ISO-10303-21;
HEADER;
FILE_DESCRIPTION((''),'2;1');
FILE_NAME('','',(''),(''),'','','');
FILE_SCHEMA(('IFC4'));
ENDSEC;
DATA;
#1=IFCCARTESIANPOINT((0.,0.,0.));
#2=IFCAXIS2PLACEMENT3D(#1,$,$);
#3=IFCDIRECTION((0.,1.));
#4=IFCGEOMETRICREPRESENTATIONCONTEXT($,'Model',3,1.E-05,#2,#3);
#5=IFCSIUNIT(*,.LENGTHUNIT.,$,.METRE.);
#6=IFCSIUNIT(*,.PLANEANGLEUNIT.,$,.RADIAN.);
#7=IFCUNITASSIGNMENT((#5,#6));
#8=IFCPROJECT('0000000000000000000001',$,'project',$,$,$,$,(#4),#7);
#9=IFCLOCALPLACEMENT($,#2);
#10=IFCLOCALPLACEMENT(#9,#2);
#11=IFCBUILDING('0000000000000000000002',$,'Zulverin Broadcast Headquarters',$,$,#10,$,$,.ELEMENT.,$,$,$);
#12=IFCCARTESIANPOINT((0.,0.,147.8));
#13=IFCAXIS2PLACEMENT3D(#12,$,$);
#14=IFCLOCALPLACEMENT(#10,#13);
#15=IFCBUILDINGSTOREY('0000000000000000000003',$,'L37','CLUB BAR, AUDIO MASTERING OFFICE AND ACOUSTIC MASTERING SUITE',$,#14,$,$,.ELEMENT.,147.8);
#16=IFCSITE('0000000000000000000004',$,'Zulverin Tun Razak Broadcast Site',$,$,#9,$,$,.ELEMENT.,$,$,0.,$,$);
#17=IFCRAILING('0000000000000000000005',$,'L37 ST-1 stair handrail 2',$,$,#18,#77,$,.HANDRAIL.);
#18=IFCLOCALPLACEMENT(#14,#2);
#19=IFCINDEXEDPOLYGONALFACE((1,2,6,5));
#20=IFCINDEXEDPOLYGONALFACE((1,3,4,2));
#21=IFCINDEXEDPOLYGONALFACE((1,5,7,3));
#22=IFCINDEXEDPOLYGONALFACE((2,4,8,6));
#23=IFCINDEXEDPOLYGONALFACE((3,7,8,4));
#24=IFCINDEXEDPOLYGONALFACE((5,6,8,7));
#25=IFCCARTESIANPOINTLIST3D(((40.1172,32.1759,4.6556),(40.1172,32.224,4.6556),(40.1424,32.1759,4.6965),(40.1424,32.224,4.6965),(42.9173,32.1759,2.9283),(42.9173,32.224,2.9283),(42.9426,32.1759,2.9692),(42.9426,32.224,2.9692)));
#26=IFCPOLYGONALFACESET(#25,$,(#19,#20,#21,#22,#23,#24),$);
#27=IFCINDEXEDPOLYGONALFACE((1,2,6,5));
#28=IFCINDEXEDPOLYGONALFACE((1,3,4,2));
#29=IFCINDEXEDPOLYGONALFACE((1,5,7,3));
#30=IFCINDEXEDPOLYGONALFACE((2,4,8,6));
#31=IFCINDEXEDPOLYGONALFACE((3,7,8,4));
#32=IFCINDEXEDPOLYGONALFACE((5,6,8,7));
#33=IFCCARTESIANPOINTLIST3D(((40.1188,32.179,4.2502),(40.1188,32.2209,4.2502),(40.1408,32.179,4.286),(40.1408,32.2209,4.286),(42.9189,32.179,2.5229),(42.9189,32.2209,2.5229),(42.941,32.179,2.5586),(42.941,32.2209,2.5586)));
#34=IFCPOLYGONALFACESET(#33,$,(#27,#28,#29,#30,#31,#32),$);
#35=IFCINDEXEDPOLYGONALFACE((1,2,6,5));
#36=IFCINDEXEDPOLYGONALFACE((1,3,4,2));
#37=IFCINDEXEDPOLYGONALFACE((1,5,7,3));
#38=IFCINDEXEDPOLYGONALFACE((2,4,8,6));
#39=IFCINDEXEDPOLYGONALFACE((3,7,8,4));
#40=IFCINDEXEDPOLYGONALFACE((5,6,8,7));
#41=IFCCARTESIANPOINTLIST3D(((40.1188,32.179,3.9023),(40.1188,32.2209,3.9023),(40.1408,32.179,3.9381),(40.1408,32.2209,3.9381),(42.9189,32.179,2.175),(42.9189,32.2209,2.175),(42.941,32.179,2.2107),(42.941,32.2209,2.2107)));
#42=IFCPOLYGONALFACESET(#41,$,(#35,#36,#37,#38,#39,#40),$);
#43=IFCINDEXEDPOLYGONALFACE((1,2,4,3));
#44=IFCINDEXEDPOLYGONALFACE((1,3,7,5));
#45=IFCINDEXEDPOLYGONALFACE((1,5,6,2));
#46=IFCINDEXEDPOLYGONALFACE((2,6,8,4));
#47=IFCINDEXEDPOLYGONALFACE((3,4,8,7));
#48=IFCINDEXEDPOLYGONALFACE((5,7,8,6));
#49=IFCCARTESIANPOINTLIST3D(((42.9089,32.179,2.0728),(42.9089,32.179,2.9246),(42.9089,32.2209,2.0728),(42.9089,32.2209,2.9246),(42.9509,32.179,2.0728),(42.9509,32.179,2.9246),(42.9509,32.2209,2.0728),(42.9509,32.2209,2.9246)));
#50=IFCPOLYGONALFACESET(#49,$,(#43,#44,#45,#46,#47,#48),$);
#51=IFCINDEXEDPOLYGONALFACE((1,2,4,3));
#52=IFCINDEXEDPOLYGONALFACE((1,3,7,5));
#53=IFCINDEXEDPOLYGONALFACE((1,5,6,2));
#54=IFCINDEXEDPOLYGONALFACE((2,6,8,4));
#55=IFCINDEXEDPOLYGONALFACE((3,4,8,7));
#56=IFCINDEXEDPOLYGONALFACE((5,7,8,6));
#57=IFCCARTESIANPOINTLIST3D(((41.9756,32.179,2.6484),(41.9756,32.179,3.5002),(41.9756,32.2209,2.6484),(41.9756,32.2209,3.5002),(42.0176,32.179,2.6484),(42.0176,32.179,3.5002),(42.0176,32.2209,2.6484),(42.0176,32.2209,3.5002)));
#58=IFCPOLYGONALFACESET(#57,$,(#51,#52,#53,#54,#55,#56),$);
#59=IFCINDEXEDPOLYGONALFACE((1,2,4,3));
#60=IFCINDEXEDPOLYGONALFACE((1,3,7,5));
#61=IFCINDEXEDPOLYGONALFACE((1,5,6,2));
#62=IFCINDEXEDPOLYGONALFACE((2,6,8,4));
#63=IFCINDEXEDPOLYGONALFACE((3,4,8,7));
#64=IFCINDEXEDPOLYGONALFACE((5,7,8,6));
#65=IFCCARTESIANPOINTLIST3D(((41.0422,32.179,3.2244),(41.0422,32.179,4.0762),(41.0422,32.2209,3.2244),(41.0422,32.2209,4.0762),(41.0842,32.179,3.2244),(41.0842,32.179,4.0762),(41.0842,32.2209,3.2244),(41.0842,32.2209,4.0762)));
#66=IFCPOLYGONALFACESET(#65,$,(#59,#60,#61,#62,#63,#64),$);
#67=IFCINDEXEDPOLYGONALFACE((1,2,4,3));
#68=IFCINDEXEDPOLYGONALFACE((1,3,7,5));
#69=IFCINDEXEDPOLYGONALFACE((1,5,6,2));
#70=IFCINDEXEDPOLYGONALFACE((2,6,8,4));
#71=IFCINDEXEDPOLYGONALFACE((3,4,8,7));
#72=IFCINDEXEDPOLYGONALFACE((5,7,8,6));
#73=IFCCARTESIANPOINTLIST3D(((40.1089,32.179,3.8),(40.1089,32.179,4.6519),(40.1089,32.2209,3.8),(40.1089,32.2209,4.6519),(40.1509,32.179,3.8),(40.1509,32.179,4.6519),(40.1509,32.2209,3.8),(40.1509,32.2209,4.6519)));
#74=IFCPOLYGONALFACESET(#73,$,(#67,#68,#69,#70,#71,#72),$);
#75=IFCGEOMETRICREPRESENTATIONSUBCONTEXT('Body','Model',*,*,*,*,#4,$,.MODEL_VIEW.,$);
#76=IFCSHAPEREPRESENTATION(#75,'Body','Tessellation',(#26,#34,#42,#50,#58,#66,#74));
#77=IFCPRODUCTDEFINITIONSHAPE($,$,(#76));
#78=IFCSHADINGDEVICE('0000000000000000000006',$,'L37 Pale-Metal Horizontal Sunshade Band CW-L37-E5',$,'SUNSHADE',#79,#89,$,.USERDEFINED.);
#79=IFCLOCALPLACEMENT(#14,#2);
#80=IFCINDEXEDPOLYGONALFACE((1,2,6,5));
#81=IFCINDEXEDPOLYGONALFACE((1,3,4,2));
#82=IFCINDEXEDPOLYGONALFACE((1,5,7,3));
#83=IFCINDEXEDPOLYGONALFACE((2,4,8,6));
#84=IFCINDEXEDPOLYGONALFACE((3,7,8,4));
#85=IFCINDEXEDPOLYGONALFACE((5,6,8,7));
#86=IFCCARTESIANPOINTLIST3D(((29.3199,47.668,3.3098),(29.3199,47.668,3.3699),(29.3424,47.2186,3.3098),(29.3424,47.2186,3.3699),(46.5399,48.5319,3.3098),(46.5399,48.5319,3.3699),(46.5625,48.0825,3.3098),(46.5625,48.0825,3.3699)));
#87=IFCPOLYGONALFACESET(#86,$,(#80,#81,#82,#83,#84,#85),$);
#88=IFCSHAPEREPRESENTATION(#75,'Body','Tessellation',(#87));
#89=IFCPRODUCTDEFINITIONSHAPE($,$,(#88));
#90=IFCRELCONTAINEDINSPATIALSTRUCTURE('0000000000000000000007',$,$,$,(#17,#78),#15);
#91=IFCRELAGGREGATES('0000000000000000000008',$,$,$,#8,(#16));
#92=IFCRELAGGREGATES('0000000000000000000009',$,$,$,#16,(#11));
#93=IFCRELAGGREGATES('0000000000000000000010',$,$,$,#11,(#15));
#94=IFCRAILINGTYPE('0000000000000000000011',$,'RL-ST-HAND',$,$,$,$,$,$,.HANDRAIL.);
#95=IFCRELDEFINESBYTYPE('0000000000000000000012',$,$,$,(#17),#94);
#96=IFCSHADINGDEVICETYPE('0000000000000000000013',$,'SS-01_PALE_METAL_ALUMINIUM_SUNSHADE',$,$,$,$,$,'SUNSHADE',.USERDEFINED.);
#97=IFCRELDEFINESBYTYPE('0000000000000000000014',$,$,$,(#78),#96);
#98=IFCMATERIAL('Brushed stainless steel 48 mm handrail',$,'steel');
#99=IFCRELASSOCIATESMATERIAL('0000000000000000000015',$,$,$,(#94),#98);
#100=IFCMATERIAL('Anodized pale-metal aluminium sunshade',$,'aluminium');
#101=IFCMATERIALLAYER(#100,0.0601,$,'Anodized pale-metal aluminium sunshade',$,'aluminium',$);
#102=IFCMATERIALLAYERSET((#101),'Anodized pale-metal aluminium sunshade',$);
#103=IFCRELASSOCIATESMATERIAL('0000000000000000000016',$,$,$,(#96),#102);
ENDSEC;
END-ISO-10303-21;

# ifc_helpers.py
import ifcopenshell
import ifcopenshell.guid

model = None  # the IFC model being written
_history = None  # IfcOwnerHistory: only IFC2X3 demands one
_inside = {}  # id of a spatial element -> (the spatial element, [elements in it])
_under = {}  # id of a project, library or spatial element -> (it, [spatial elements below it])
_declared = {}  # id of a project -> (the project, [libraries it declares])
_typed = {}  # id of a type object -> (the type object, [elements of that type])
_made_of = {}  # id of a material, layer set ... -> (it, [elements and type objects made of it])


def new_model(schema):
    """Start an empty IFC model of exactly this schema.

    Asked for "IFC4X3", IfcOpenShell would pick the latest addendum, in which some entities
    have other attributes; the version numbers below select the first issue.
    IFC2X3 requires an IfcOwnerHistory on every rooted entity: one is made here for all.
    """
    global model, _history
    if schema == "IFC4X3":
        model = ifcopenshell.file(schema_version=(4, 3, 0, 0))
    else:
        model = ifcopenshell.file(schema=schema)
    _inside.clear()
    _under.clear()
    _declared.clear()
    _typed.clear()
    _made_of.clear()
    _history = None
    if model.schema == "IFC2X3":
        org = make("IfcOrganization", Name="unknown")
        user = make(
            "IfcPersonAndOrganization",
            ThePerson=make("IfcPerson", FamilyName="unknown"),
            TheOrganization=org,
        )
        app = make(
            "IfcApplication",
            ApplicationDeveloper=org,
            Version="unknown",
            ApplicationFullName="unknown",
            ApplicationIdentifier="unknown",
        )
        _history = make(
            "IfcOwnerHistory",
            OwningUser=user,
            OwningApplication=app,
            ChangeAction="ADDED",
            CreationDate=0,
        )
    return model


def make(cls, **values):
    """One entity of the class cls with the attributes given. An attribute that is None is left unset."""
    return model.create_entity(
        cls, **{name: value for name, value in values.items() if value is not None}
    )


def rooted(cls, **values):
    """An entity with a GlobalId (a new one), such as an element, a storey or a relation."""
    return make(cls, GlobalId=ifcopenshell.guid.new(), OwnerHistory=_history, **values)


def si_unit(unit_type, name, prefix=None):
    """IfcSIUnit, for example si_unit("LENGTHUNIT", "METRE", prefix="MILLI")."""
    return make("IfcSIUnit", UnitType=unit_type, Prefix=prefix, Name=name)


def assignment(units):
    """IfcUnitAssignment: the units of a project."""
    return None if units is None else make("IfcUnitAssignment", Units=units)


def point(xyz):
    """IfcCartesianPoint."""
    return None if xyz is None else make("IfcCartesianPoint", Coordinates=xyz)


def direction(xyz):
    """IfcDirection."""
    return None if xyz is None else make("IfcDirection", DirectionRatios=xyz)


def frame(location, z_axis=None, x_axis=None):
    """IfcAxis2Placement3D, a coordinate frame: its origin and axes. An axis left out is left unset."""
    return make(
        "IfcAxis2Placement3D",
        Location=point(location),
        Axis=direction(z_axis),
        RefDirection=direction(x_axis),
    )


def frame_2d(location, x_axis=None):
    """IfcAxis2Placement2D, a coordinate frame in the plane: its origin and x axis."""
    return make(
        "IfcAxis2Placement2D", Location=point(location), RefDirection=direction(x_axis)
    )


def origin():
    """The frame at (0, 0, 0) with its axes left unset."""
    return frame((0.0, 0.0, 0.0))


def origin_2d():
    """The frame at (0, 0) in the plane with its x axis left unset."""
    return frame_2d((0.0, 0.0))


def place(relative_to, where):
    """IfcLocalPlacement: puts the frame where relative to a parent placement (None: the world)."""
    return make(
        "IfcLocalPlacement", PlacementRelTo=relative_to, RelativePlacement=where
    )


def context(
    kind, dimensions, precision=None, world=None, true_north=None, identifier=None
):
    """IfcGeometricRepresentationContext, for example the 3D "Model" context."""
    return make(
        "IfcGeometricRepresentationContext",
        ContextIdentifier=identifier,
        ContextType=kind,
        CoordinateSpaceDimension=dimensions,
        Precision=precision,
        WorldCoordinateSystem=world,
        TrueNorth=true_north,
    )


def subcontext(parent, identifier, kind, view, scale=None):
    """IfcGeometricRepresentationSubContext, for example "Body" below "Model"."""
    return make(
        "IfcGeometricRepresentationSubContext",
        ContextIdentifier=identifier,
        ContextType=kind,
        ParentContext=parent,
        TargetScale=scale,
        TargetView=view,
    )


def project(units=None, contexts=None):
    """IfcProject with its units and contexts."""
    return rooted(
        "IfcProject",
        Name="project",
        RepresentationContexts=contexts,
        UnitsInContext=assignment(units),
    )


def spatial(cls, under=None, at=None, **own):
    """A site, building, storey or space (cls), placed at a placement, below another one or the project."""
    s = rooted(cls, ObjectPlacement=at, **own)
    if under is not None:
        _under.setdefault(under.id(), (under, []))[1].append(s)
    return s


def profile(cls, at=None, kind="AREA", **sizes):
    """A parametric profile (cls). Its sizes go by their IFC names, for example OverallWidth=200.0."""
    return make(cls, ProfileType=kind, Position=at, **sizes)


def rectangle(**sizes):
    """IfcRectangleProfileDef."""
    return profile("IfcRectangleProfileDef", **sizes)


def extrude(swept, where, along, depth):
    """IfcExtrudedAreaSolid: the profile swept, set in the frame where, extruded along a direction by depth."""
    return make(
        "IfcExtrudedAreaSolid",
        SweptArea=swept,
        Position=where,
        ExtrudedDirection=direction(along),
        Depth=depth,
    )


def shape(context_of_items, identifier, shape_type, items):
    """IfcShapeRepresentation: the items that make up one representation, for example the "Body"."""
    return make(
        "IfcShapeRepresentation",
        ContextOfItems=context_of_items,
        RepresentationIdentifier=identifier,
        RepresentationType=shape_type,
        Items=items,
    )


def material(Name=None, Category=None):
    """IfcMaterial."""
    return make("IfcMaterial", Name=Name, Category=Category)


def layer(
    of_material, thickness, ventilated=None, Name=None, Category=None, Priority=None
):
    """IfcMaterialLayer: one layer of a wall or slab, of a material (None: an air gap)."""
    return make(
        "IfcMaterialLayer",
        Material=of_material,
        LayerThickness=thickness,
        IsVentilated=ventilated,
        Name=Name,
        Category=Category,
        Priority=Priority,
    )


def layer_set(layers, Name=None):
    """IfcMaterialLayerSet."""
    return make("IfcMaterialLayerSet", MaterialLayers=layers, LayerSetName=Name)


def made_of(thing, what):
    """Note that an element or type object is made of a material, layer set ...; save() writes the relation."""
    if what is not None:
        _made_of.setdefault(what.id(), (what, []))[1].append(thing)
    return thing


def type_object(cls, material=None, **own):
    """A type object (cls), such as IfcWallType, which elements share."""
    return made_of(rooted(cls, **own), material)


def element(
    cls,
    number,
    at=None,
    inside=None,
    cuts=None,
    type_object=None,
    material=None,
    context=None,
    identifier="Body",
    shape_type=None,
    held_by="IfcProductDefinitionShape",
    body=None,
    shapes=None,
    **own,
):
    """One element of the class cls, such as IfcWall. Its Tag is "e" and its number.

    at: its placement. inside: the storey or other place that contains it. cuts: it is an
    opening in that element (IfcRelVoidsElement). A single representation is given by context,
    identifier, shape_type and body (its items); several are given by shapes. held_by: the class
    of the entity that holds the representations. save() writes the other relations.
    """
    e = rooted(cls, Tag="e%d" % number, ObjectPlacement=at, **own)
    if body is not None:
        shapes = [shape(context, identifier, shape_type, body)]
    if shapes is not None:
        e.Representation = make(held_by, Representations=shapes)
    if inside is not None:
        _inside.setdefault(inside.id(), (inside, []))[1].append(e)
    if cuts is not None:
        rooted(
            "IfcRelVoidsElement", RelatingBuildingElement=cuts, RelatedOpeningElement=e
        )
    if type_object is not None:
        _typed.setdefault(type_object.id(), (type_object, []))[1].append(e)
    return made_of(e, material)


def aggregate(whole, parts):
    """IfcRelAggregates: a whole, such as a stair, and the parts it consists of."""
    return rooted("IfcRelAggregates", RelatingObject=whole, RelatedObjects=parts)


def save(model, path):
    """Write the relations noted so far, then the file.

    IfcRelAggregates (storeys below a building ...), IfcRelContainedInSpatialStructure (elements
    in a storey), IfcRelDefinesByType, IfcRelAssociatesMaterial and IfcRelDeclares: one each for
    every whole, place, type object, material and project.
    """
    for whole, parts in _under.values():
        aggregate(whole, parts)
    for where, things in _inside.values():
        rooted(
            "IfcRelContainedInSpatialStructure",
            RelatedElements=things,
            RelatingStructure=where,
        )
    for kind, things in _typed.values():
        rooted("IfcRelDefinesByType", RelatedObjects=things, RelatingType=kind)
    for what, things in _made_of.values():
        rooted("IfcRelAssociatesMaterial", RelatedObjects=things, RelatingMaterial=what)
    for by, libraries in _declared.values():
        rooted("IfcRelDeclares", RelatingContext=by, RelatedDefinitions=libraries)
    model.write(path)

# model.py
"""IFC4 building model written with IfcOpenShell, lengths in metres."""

from ifc_helpers import new_model, si_unit, direction, frame, origin, origin_2d, place, context, subcontext, project, spatial, rectangle, extrude, material, layer, layer_set, type_object, element, save


model = new_model("IFC4")

# Units and contexts
model_context = context("Model", 3, precision=1e-05, world=origin(), true_north=direction((0.0, 1.0)))
body_context = subcontext(model_context, "Body", "Model", "MODEL_VIEW")
ifc_project = project(units=[si_unit("LENGTHUNIT", "METRE"), si_unit("PLANEANGLEUNIT", "RADIAN")], contexts=[model_context])

# Site, building, storey
site_placement = place(None, origin())
site = spatial("IfcSite", under=ifc_project, at=site_placement, Name="Zulverin Tun Razak Broadcast Site", CompositionType="ELEMENT", RefElevation=0.0)
building_placement = place(site_placement, origin())
building = spatial("IfcBuilding", under=site, at=building_placement, Name="Zulverin Broadcast Headquarters", CompositionType="ELEMENT")
storey_placement = place(building_placement, frame((0.0, 0.0, 147.8)))
storey = spatial("IfcBuildingStorey", under=building, at=storey_placement, Name="L37", Description="CLUB BAR, AUDIO MASTERING OFFICE AND ACOUSTIC MASTERING SUITE", CompositionType="ELEMENT", Elevation=147.8)

# Railing
ifc_material_1 = material(Name="Brushed stainless steel 48 mm handrail", Category="steel")
railing_type_1 = type_object("IfcRailingType", Name="RL-ST-HAND", PredefinedType="HANDRAIL", material=ifc_material_1)
railing_1_placement = place(storey_placement, frame((42.9299, 32.2, 2.0728)))
element("IfcRailing", 1, at=railing_1_placement, inside=storey, type_object=railing_type_1, Name="L37 ST-1 stair handrail 2", PredefinedType="HANDRAIL", context=body_context, shape_type="SweptSolid", body=[
    extrude(rectangle(XDim=0.0481, YDim=0.0481, at=origin_2d()), frame((0.0, 0.0, 0.876), z_axis=(-0.85109, 0.0, 0.52502), x_axis=(0.0, -1.0, 0.0)), (0.0, 0.0, 1.0), 3.29),
    extrude(rectangle(XDim=0.042, YDim=0.042, at=origin_2d()), frame((0.0, 0.0, 0.468), z_axis=(-0.85109, 0.0, 0.52502), x_axis=(0.0, -1.0, 0.0)), (0.0, 0.0, 1.0), 3.29),
    extrude(rectangle(XDim=0.042, YDim=0.042, at=origin_2d()), frame((0.0, 0.0, 0.1201), z_axis=(-0.85109, 0.0, 0.52502), x_axis=(0.0, -1.0, 0.0)), (0.0, 0.0, 1.0), 3.29),
    extrude(rectangle(XDim=0.042, YDim=0.042, at=origin_2d()), origin(), (0.0, 0.0, 1.0), 0.8518),
    extrude(rectangle(XDim=0.042, YDim=0.042, at=origin_2d()), frame((-0.9333, 0.0, 0.5757)), (0.0, 0.0, 1.0), 0.8518),
    extrude(rectangle(XDim=0.042, YDim=0.042, at=origin_2d()), frame((-1.8667, 0.0, 1.1516)), (0.0, 0.0, 1.0), 0.8518),
    extrude(rectangle(XDim=0.042, YDim=0.042, at=origin_2d()), frame((-2.8, 0.0, 1.7273)), (0.0, 0.0, 1.0), 0.8518),
])

# Shading device
ifc_material_2 = material(Name="Anodized pale-metal aluminium sunshade", Category="aluminium")
ifc_layer_1 = layer(ifc_material_2, 0.0601, Name="Anodized pale-metal aluminium sunshade", Category="aluminium")
ifc_layer_set_1 = layer_set([ifc_layer_1], Name="Anodized pale-metal aluminium sunshade")
shading_device_type = type_object("IfcShadingDeviceType", Name="SS-01_PALE_METAL_ALUMINIUM_SUNSHADE", ElementType="SUNSHADE", PredefinedType="USERDEFINED", material=ifc_layer_set_1)
shading_device_placement = place(storey_placement, frame((37.9412, 47.8752, 3.3098), z_axis=(0.0, 0.0, 1.0), x_axis=(-0.998744, -0.050105, 0.0)))
element("IfcShadingDevice", 2, at=shading_device_placement, inside=storey, type_object=shading_device_type, Name="L37 Pale-Metal Horizontal Sunshade Band CW-L37-E5", ObjectType="SUNSHADE", PredefinedType="USERDEFINED", context=body_context, shape_type="SweptSolid", body=[
    extrude(rectangle(XDim=17.2417, YDim=0.45, at=origin_2d()), origin(), (0.0, 0.0, 1.0), 0.0601),
])

save(model, "model.ifc")
